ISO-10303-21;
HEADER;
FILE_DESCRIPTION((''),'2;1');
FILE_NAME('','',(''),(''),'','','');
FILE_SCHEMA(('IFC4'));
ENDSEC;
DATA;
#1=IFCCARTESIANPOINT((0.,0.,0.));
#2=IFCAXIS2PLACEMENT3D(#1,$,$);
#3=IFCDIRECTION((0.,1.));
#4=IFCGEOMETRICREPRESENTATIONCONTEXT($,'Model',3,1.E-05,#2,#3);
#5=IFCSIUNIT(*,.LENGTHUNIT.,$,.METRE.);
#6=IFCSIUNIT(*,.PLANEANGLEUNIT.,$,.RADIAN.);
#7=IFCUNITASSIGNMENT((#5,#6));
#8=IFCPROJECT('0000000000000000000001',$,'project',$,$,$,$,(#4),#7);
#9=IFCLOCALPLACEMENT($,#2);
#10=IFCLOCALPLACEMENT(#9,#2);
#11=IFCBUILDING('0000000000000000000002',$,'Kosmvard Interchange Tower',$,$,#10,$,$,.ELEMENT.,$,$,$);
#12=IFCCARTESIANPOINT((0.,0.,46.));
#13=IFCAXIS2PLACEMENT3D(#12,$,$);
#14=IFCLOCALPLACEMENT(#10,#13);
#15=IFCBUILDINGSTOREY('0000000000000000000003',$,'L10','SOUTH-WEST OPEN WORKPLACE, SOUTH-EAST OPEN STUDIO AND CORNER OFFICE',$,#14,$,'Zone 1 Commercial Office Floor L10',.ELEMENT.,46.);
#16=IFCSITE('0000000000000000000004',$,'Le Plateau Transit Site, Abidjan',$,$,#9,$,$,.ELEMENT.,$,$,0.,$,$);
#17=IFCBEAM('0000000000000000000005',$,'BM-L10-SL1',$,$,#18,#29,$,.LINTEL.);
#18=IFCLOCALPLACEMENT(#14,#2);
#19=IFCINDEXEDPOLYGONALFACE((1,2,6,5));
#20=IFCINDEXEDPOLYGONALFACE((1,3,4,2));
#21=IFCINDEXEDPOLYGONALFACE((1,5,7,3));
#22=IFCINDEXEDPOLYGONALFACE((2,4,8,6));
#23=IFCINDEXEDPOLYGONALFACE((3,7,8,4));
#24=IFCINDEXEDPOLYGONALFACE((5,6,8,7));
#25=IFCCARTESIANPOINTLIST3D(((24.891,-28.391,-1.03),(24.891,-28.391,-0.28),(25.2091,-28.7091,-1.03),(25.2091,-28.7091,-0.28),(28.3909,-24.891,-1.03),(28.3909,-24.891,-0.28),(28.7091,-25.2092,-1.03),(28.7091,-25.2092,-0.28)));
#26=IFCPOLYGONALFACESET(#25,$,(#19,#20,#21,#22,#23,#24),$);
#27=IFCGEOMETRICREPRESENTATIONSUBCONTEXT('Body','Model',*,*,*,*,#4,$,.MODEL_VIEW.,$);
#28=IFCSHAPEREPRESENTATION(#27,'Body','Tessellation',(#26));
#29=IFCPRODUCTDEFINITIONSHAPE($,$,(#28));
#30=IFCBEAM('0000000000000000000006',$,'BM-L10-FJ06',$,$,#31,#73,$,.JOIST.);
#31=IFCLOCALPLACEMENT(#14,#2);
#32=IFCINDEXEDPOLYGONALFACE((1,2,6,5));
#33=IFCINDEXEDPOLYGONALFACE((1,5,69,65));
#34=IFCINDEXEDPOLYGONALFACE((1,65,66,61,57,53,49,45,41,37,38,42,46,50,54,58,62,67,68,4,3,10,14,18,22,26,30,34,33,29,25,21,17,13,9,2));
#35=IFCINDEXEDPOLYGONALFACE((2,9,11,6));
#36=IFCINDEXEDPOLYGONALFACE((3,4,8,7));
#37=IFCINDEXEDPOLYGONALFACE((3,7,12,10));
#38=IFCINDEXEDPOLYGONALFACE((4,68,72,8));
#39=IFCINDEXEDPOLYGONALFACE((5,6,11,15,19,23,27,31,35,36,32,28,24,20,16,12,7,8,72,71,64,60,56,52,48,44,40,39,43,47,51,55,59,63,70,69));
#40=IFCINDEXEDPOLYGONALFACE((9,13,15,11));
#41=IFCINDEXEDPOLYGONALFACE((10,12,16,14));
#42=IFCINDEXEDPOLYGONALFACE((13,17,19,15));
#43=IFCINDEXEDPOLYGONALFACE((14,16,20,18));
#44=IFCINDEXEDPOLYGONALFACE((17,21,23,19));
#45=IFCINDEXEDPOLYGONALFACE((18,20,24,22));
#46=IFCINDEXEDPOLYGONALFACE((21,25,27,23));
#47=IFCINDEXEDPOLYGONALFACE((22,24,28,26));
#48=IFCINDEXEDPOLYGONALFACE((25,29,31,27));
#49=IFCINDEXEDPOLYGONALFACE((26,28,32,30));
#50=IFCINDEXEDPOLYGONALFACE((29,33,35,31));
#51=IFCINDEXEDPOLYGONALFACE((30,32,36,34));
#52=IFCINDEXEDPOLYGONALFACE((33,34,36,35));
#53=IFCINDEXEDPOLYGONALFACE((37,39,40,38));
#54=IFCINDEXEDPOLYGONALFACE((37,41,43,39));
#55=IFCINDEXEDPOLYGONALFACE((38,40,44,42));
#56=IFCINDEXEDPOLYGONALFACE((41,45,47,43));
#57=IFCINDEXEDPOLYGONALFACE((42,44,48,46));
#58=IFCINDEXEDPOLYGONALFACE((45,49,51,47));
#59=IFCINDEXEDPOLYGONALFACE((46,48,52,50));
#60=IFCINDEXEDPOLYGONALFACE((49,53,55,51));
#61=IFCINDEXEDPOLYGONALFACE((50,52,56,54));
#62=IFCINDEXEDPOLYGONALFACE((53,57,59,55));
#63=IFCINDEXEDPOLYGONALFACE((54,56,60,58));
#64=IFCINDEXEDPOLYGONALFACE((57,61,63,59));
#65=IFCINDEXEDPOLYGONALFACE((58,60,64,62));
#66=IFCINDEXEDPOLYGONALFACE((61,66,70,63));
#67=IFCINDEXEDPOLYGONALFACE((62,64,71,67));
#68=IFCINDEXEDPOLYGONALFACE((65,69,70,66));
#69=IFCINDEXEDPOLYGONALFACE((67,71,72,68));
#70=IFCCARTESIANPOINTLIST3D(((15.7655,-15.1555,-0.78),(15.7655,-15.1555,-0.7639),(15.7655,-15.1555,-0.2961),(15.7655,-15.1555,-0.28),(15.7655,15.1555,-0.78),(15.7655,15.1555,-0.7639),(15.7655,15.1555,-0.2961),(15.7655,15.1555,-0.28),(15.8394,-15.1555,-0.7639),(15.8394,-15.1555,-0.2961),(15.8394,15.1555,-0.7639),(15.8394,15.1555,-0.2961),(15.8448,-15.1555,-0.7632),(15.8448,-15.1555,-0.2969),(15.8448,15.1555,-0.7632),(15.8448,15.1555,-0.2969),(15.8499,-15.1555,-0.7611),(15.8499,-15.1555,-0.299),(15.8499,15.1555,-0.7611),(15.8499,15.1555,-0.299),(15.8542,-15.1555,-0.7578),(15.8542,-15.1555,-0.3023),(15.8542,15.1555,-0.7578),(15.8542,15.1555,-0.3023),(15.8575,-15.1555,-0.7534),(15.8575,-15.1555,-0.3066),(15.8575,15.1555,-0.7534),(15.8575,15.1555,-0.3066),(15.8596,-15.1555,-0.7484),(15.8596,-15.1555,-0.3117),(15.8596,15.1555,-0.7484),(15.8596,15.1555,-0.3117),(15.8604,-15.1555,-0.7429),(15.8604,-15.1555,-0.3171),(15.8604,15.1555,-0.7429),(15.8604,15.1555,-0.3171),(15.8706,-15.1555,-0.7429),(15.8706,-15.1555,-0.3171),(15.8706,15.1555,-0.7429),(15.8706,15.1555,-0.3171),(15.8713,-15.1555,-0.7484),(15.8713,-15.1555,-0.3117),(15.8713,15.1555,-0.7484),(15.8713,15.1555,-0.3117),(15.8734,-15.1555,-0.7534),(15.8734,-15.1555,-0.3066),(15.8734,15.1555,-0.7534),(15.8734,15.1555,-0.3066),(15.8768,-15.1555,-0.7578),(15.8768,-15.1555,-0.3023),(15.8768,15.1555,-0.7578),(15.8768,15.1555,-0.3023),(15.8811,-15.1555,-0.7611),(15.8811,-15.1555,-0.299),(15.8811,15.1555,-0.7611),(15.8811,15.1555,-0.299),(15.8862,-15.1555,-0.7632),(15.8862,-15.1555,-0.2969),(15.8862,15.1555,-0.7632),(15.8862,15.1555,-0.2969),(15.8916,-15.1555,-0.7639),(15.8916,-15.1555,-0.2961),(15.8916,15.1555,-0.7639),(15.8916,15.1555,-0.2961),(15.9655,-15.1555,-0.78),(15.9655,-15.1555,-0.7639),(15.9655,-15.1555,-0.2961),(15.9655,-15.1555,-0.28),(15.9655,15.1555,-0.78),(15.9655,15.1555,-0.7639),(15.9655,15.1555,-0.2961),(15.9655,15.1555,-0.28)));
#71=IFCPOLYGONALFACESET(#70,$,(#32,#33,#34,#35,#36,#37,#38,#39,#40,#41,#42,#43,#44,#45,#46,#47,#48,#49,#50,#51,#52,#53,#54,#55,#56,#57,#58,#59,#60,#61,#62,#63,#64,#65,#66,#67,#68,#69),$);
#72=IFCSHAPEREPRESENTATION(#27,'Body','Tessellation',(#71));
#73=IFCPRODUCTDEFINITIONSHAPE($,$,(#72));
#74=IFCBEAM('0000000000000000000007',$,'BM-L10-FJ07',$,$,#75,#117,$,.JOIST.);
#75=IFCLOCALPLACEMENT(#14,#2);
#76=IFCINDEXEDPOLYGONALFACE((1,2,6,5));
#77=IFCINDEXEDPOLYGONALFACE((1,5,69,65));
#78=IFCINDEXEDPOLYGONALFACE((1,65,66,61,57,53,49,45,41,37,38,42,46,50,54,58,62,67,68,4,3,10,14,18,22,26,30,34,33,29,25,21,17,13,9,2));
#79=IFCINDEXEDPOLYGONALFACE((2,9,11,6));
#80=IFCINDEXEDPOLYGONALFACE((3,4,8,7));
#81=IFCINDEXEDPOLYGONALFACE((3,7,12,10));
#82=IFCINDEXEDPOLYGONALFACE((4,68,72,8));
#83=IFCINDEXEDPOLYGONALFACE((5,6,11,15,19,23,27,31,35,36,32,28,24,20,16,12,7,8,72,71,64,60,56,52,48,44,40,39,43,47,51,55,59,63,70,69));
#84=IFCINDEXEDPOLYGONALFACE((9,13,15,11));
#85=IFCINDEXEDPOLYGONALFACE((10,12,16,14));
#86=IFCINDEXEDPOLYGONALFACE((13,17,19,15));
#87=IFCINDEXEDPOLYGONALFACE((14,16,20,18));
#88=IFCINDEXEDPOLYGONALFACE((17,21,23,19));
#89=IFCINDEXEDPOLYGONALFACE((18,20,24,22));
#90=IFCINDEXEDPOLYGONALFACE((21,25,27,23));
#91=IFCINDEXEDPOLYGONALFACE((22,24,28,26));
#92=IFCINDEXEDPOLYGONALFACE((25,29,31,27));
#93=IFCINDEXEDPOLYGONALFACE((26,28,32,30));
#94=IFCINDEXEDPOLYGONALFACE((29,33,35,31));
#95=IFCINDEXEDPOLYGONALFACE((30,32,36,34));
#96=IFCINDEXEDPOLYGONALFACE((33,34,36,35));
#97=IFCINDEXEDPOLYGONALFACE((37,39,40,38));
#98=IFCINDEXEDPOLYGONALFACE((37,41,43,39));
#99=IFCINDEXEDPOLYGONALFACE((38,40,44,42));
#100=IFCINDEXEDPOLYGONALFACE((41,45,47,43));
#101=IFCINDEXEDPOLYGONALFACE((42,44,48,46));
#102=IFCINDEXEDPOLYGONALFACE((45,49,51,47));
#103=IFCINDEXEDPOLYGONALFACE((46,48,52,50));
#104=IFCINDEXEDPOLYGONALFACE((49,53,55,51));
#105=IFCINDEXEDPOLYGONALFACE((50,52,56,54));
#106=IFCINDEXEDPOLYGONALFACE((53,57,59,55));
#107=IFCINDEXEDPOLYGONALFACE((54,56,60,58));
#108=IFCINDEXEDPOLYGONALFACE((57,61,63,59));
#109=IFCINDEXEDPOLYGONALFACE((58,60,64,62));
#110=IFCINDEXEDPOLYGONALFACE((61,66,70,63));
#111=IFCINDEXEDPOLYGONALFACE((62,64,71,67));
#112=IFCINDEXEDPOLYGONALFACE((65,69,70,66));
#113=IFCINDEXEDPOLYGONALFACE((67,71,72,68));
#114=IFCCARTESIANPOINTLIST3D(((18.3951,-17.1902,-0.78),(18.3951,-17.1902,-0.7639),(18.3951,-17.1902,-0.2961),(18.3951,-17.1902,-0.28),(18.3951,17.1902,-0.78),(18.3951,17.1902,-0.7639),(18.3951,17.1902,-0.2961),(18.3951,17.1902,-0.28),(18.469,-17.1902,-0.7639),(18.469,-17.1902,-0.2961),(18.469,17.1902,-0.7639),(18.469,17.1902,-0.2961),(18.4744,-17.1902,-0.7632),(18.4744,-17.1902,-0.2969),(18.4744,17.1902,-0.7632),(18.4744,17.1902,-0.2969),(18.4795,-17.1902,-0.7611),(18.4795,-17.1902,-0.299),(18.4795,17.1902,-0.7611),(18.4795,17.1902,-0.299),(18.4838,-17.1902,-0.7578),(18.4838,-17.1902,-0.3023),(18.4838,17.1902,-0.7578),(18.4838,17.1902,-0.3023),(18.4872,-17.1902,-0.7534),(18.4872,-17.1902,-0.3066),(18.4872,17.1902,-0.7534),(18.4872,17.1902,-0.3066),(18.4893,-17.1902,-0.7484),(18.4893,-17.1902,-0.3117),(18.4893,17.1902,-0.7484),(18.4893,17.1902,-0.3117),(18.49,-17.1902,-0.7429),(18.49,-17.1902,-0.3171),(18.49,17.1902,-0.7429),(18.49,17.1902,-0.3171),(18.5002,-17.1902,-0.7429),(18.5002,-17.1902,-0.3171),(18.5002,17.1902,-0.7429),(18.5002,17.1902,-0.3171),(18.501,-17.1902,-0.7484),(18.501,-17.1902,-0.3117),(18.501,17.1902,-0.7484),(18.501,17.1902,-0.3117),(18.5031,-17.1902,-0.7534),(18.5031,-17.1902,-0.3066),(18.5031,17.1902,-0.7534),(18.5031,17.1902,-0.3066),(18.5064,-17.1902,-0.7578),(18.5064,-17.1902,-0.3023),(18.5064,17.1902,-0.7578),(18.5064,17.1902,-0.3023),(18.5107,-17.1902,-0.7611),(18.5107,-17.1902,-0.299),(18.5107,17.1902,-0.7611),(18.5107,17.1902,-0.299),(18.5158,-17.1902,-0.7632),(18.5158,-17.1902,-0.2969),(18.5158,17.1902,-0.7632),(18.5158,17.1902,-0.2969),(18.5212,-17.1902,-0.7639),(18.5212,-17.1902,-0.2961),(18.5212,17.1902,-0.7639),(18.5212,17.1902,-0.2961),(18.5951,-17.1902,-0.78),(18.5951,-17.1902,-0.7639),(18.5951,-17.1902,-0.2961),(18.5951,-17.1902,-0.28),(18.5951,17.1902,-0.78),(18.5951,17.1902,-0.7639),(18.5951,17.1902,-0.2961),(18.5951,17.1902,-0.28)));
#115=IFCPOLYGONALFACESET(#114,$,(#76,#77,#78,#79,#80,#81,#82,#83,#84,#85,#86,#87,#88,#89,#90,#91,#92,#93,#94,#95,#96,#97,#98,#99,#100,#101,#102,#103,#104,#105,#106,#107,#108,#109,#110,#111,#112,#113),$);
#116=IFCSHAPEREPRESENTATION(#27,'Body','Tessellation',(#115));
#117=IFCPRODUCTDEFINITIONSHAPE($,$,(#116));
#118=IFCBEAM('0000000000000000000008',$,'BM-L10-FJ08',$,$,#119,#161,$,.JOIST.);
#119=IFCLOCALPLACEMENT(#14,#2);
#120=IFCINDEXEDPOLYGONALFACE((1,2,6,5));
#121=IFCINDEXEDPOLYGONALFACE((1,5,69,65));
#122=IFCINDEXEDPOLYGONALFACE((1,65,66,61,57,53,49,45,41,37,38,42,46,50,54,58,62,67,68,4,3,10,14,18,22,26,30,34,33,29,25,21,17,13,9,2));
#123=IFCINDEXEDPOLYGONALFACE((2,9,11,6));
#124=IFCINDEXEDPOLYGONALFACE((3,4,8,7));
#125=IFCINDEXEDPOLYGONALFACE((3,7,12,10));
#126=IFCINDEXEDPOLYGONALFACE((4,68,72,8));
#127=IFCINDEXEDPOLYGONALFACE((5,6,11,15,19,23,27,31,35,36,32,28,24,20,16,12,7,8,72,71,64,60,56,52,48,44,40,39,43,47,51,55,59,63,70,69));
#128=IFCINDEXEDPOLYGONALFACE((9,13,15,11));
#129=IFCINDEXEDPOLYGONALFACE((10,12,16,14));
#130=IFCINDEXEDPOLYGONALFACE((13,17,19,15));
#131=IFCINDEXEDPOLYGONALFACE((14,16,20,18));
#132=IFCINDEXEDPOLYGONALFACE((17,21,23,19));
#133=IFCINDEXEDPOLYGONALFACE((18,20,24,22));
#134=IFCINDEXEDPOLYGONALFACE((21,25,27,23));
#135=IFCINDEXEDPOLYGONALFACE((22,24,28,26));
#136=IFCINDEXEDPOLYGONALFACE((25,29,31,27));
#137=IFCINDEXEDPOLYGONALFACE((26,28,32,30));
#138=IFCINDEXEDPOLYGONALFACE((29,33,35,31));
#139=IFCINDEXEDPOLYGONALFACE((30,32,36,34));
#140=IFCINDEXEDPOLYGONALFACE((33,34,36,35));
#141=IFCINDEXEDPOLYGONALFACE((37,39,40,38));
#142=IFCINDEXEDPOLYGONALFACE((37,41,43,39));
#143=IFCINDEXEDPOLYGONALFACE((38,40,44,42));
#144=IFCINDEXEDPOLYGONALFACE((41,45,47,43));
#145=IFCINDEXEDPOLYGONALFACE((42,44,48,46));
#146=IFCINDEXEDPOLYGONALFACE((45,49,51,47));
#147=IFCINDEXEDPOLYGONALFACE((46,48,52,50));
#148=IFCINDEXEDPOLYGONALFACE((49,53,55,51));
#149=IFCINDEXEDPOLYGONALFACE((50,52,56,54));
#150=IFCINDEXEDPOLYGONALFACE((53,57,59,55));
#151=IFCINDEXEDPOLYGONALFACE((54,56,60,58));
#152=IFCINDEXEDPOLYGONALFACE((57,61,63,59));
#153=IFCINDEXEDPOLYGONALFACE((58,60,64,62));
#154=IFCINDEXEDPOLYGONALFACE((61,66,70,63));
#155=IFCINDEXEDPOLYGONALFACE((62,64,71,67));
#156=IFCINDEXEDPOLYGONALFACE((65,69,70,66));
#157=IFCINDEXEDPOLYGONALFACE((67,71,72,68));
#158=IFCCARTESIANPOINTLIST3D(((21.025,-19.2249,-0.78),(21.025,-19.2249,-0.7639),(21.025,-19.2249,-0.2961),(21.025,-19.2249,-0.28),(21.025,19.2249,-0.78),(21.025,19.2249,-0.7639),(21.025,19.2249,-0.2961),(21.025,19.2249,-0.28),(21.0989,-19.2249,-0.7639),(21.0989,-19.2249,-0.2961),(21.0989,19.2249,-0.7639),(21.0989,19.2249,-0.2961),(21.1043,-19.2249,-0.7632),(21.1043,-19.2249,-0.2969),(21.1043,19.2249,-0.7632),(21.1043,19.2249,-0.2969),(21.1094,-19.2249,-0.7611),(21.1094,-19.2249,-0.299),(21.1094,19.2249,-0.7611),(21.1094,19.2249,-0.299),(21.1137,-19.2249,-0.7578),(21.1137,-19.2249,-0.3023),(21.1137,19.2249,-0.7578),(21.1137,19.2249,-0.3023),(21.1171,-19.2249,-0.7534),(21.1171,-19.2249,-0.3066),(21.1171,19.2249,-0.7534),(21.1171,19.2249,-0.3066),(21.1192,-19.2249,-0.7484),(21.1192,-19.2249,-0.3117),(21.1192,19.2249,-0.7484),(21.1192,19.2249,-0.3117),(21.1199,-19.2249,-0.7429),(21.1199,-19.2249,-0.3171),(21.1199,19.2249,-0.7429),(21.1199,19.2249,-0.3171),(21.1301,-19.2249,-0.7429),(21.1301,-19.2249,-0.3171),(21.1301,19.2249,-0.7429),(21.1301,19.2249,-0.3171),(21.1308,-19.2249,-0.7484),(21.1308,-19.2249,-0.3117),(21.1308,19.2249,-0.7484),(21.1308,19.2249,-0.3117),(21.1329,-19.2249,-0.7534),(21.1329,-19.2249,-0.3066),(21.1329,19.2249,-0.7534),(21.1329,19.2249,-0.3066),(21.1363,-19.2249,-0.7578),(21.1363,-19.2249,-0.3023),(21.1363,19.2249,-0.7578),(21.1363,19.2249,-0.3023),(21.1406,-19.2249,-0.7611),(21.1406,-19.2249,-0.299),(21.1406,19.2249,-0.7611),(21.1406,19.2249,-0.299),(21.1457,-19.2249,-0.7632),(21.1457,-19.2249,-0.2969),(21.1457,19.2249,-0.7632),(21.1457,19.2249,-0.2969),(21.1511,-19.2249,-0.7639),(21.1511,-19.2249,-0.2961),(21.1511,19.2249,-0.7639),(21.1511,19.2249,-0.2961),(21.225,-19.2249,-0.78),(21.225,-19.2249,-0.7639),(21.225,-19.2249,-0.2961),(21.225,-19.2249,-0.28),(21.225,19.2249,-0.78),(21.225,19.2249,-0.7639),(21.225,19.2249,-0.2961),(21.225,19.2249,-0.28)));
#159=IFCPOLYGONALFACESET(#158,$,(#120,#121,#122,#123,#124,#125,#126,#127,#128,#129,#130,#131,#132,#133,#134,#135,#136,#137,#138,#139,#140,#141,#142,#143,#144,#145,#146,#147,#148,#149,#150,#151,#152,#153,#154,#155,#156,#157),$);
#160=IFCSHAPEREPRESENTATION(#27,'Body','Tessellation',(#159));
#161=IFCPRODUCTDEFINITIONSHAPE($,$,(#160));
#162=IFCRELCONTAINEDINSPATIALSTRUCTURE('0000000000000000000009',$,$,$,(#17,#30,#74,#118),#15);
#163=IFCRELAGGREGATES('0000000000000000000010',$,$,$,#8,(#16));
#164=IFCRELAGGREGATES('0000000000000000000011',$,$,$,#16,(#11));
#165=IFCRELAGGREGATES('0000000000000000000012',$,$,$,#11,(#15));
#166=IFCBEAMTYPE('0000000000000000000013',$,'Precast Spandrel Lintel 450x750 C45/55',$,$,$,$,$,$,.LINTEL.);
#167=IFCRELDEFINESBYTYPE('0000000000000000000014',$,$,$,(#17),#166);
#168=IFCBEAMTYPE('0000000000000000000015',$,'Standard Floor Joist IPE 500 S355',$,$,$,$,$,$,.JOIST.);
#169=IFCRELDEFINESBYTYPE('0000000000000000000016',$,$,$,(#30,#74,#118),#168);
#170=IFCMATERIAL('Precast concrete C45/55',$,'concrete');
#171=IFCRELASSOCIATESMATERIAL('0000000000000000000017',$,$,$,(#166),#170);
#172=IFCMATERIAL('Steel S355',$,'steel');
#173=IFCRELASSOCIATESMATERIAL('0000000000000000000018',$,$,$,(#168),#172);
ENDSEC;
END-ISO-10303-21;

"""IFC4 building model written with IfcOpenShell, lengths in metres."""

from ifc_helpers import new_model, si_unit, direction, frame, origin, origin_2d, place, context, subcontext, project, spatial, rectangle, i_section, extrude, source, transform, mapped, material, material_profile, profile_set, type_object, element, save


model = new_model("IFC4")

# Units and contexts
model_context = context("Model", 3, precision=1e-05, world=origin(), true_north=direction((0.0, 1.0)))
body_context = subcontext(model_context, "Body", "Model", "MODEL_VIEW")
ifc_project = project(units=[si_unit("LENGTHUNIT", "METRE"), si_unit("PLANEANGLEUNIT", "RADIAN")], contexts=[model_context])

# Site, building, storey
site_placement = place(None, origin())
site = spatial("IfcSite", under=ifc_project, at=site_placement, Name="Le Plateau Transit Site, Abidjan", CompositionType="ELEMENT", RefElevation=0.0)
building_placement = place(site_placement, origin())
building = spatial("IfcBuilding", under=site, at=building_placement, Name="Kosmvard Interchange Tower", CompositionType="ELEMENT")
storey_placement = place(building_placement, frame((0.0, 0.0, 46.0)))
storey = spatial("IfcBuildingStorey", under=building, at=storey_placement, Name="L10", Description="SOUTH-WEST OPEN WORKPLACE, SOUTH-EAST OPEN STUDIO AND CORNER OFFICE", LongName="Zone 1 Commercial Office Floor L10", CompositionType="ELEMENT", Elevation=46.0)

# Beams
ifc_material_1 = material(Name="Steel S355", Category="steel")
ifc_material_2 = material(Name="Precast concrete C45/55", Category="concrete")
ifc_material_profile_1 = material_profile(ifc_material_2, rectangle(XDim=0.45, YDim=0.75, at=origin_2d()), Name="SL 450x750")
ifc_profile_set_1 = profile_set([ifc_material_profile_1], Name="Precast concrete C45/55")
beam_type_1 = type_object("IfcBeamType", Name="Precast Spandrel Lintel 450x750 C45/55", PredefinedType="LINTEL", material=ifc_profile_set_1)
shared_shape_1 = source(origin(), body_context, "Body", "SweptSolid", [
    extrude(rectangle(XDim=0.45, YDim=0.75, at=origin_2d()), origin(), (0.0, 0.0, 1.0), 4.9497),
])
beam_1_placement = place(storey_placement, frame((25.05, -28.55, -0.655), z_axis=(0.707107, 0.707107, 0.0), x_axis=(-0.707107, 0.707107, 0.0)))
element("IfcBeam", 1, at=beam_1_placement, inside=storey, type_object=beam_type_1, Name="BM-L10-SL1", PredefinedType="LINTEL", context=body_context, shape_type="MappedRepresentation", body=[
    mapped(shared_shape_1, transform((0.0, 0.0, 0.0), scale=1.0)),
])
ifc_material_profile_2 = material_profile(ifc_material_1, i_section(OverallWidth=0.2, OverallDepth=0.5, WebThickness=0.0103, FlangeThickness=0.0161, FilletRadius=0.021, at=origin_2d()), Name="IPE 500")
ifc_profile_set_2 = profile_set([ifc_material_profile_2], Name="Steel S355")
beam_type_2 = type_object("IfcBeamType", Name="Standard Floor Joist IPE 500 S355", PredefinedType="JOIST", material=ifc_profile_set_2)
shared_shape_2 = source(origin(), body_context, "Body", "SweptSolid", [
    extrude(i_section(OverallWidth=0.2, OverallDepth=0.5, WebThickness=0.0103, FlangeThickness=0.0161, FilletRadius=0.021, at=origin_2d()), origin(), (0.0, 0.0, 1.0), 30.311),
])
beam_2_placement = place(storey_placement, frame((15.8655, -15.1555, -0.53), z_axis=(0.0, 1.0, 0.0), x_axis=(-1.0, 0.0, 0.0)))
element("IfcBeam", 2, at=beam_2_placement, inside=storey, type_object=beam_type_2, Name="BM-L10-FJ06", PredefinedType="JOIST", context=body_context, shape_type="MappedRepresentation", body=[
    mapped(shared_shape_2, transform((0.0, 0.0, 0.0), scale=1.0)),
])
shared_shape_3 = source(origin(), body_context, "Body", "SweptSolid", [
    extrude(i_section(OverallWidth=0.2, OverallDepth=0.5, WebThickness=0.0103, FlangeThickness=0.0161, FilletRadius=0.021, at=origin_2d()), origin(), (0.0, 0.0, 1.0), 34.3804),
])
beam_3_placement = place(storey_placement, frame((18.4951, -17.1902, -0.53), z_axis=(0.0, 1.0, 0.0), x_axis=(-1.0, 0.0, 0.0)))
element("IfcBeam", 3, at=beam_3_placement, inside=storey, type_object=beam_type_2, Name="BM-L10-FJ07", PredefinedType="JOIST", context=body_context, shape_type="MappedRepresentation", body=[
    mapped(shared_shape_3, transform((0.0, 0.0, 0.0), scale=1.0)),
])
shared_shape_4 = source(origin(), body_context, "Body", "SweptSolid", [
    extrude(i_section(OverallWidth=0.2, OverallDepth=0.5, WebThickness=0.0103, FlangeThickness=0.0161, FilletRadius=0.021, at=origin_2d()), origin(), (0.0, 0.0, 1.0), 38.4497),
])
beam_4_placement = place(storey_placement, frame((21.125, -19.2249, -0.53), z_axis=(0.0, 1.0, 0.0), x_axis=(-1.0, 0.0, 0.0)))
element("IfcBeam", 4, at=beam_4_placement, inside=storey, type_object=beam_type_2, Name="BM-L10-FJ08", PredefinedType="JOIST", context=body_context, shape_type="MappedRepresentation", body=[
    mapped(shared_shape_4, transform((0.0, 0.0, 0.0), scale=1.0)),
])

save(model, "model.ifc")
